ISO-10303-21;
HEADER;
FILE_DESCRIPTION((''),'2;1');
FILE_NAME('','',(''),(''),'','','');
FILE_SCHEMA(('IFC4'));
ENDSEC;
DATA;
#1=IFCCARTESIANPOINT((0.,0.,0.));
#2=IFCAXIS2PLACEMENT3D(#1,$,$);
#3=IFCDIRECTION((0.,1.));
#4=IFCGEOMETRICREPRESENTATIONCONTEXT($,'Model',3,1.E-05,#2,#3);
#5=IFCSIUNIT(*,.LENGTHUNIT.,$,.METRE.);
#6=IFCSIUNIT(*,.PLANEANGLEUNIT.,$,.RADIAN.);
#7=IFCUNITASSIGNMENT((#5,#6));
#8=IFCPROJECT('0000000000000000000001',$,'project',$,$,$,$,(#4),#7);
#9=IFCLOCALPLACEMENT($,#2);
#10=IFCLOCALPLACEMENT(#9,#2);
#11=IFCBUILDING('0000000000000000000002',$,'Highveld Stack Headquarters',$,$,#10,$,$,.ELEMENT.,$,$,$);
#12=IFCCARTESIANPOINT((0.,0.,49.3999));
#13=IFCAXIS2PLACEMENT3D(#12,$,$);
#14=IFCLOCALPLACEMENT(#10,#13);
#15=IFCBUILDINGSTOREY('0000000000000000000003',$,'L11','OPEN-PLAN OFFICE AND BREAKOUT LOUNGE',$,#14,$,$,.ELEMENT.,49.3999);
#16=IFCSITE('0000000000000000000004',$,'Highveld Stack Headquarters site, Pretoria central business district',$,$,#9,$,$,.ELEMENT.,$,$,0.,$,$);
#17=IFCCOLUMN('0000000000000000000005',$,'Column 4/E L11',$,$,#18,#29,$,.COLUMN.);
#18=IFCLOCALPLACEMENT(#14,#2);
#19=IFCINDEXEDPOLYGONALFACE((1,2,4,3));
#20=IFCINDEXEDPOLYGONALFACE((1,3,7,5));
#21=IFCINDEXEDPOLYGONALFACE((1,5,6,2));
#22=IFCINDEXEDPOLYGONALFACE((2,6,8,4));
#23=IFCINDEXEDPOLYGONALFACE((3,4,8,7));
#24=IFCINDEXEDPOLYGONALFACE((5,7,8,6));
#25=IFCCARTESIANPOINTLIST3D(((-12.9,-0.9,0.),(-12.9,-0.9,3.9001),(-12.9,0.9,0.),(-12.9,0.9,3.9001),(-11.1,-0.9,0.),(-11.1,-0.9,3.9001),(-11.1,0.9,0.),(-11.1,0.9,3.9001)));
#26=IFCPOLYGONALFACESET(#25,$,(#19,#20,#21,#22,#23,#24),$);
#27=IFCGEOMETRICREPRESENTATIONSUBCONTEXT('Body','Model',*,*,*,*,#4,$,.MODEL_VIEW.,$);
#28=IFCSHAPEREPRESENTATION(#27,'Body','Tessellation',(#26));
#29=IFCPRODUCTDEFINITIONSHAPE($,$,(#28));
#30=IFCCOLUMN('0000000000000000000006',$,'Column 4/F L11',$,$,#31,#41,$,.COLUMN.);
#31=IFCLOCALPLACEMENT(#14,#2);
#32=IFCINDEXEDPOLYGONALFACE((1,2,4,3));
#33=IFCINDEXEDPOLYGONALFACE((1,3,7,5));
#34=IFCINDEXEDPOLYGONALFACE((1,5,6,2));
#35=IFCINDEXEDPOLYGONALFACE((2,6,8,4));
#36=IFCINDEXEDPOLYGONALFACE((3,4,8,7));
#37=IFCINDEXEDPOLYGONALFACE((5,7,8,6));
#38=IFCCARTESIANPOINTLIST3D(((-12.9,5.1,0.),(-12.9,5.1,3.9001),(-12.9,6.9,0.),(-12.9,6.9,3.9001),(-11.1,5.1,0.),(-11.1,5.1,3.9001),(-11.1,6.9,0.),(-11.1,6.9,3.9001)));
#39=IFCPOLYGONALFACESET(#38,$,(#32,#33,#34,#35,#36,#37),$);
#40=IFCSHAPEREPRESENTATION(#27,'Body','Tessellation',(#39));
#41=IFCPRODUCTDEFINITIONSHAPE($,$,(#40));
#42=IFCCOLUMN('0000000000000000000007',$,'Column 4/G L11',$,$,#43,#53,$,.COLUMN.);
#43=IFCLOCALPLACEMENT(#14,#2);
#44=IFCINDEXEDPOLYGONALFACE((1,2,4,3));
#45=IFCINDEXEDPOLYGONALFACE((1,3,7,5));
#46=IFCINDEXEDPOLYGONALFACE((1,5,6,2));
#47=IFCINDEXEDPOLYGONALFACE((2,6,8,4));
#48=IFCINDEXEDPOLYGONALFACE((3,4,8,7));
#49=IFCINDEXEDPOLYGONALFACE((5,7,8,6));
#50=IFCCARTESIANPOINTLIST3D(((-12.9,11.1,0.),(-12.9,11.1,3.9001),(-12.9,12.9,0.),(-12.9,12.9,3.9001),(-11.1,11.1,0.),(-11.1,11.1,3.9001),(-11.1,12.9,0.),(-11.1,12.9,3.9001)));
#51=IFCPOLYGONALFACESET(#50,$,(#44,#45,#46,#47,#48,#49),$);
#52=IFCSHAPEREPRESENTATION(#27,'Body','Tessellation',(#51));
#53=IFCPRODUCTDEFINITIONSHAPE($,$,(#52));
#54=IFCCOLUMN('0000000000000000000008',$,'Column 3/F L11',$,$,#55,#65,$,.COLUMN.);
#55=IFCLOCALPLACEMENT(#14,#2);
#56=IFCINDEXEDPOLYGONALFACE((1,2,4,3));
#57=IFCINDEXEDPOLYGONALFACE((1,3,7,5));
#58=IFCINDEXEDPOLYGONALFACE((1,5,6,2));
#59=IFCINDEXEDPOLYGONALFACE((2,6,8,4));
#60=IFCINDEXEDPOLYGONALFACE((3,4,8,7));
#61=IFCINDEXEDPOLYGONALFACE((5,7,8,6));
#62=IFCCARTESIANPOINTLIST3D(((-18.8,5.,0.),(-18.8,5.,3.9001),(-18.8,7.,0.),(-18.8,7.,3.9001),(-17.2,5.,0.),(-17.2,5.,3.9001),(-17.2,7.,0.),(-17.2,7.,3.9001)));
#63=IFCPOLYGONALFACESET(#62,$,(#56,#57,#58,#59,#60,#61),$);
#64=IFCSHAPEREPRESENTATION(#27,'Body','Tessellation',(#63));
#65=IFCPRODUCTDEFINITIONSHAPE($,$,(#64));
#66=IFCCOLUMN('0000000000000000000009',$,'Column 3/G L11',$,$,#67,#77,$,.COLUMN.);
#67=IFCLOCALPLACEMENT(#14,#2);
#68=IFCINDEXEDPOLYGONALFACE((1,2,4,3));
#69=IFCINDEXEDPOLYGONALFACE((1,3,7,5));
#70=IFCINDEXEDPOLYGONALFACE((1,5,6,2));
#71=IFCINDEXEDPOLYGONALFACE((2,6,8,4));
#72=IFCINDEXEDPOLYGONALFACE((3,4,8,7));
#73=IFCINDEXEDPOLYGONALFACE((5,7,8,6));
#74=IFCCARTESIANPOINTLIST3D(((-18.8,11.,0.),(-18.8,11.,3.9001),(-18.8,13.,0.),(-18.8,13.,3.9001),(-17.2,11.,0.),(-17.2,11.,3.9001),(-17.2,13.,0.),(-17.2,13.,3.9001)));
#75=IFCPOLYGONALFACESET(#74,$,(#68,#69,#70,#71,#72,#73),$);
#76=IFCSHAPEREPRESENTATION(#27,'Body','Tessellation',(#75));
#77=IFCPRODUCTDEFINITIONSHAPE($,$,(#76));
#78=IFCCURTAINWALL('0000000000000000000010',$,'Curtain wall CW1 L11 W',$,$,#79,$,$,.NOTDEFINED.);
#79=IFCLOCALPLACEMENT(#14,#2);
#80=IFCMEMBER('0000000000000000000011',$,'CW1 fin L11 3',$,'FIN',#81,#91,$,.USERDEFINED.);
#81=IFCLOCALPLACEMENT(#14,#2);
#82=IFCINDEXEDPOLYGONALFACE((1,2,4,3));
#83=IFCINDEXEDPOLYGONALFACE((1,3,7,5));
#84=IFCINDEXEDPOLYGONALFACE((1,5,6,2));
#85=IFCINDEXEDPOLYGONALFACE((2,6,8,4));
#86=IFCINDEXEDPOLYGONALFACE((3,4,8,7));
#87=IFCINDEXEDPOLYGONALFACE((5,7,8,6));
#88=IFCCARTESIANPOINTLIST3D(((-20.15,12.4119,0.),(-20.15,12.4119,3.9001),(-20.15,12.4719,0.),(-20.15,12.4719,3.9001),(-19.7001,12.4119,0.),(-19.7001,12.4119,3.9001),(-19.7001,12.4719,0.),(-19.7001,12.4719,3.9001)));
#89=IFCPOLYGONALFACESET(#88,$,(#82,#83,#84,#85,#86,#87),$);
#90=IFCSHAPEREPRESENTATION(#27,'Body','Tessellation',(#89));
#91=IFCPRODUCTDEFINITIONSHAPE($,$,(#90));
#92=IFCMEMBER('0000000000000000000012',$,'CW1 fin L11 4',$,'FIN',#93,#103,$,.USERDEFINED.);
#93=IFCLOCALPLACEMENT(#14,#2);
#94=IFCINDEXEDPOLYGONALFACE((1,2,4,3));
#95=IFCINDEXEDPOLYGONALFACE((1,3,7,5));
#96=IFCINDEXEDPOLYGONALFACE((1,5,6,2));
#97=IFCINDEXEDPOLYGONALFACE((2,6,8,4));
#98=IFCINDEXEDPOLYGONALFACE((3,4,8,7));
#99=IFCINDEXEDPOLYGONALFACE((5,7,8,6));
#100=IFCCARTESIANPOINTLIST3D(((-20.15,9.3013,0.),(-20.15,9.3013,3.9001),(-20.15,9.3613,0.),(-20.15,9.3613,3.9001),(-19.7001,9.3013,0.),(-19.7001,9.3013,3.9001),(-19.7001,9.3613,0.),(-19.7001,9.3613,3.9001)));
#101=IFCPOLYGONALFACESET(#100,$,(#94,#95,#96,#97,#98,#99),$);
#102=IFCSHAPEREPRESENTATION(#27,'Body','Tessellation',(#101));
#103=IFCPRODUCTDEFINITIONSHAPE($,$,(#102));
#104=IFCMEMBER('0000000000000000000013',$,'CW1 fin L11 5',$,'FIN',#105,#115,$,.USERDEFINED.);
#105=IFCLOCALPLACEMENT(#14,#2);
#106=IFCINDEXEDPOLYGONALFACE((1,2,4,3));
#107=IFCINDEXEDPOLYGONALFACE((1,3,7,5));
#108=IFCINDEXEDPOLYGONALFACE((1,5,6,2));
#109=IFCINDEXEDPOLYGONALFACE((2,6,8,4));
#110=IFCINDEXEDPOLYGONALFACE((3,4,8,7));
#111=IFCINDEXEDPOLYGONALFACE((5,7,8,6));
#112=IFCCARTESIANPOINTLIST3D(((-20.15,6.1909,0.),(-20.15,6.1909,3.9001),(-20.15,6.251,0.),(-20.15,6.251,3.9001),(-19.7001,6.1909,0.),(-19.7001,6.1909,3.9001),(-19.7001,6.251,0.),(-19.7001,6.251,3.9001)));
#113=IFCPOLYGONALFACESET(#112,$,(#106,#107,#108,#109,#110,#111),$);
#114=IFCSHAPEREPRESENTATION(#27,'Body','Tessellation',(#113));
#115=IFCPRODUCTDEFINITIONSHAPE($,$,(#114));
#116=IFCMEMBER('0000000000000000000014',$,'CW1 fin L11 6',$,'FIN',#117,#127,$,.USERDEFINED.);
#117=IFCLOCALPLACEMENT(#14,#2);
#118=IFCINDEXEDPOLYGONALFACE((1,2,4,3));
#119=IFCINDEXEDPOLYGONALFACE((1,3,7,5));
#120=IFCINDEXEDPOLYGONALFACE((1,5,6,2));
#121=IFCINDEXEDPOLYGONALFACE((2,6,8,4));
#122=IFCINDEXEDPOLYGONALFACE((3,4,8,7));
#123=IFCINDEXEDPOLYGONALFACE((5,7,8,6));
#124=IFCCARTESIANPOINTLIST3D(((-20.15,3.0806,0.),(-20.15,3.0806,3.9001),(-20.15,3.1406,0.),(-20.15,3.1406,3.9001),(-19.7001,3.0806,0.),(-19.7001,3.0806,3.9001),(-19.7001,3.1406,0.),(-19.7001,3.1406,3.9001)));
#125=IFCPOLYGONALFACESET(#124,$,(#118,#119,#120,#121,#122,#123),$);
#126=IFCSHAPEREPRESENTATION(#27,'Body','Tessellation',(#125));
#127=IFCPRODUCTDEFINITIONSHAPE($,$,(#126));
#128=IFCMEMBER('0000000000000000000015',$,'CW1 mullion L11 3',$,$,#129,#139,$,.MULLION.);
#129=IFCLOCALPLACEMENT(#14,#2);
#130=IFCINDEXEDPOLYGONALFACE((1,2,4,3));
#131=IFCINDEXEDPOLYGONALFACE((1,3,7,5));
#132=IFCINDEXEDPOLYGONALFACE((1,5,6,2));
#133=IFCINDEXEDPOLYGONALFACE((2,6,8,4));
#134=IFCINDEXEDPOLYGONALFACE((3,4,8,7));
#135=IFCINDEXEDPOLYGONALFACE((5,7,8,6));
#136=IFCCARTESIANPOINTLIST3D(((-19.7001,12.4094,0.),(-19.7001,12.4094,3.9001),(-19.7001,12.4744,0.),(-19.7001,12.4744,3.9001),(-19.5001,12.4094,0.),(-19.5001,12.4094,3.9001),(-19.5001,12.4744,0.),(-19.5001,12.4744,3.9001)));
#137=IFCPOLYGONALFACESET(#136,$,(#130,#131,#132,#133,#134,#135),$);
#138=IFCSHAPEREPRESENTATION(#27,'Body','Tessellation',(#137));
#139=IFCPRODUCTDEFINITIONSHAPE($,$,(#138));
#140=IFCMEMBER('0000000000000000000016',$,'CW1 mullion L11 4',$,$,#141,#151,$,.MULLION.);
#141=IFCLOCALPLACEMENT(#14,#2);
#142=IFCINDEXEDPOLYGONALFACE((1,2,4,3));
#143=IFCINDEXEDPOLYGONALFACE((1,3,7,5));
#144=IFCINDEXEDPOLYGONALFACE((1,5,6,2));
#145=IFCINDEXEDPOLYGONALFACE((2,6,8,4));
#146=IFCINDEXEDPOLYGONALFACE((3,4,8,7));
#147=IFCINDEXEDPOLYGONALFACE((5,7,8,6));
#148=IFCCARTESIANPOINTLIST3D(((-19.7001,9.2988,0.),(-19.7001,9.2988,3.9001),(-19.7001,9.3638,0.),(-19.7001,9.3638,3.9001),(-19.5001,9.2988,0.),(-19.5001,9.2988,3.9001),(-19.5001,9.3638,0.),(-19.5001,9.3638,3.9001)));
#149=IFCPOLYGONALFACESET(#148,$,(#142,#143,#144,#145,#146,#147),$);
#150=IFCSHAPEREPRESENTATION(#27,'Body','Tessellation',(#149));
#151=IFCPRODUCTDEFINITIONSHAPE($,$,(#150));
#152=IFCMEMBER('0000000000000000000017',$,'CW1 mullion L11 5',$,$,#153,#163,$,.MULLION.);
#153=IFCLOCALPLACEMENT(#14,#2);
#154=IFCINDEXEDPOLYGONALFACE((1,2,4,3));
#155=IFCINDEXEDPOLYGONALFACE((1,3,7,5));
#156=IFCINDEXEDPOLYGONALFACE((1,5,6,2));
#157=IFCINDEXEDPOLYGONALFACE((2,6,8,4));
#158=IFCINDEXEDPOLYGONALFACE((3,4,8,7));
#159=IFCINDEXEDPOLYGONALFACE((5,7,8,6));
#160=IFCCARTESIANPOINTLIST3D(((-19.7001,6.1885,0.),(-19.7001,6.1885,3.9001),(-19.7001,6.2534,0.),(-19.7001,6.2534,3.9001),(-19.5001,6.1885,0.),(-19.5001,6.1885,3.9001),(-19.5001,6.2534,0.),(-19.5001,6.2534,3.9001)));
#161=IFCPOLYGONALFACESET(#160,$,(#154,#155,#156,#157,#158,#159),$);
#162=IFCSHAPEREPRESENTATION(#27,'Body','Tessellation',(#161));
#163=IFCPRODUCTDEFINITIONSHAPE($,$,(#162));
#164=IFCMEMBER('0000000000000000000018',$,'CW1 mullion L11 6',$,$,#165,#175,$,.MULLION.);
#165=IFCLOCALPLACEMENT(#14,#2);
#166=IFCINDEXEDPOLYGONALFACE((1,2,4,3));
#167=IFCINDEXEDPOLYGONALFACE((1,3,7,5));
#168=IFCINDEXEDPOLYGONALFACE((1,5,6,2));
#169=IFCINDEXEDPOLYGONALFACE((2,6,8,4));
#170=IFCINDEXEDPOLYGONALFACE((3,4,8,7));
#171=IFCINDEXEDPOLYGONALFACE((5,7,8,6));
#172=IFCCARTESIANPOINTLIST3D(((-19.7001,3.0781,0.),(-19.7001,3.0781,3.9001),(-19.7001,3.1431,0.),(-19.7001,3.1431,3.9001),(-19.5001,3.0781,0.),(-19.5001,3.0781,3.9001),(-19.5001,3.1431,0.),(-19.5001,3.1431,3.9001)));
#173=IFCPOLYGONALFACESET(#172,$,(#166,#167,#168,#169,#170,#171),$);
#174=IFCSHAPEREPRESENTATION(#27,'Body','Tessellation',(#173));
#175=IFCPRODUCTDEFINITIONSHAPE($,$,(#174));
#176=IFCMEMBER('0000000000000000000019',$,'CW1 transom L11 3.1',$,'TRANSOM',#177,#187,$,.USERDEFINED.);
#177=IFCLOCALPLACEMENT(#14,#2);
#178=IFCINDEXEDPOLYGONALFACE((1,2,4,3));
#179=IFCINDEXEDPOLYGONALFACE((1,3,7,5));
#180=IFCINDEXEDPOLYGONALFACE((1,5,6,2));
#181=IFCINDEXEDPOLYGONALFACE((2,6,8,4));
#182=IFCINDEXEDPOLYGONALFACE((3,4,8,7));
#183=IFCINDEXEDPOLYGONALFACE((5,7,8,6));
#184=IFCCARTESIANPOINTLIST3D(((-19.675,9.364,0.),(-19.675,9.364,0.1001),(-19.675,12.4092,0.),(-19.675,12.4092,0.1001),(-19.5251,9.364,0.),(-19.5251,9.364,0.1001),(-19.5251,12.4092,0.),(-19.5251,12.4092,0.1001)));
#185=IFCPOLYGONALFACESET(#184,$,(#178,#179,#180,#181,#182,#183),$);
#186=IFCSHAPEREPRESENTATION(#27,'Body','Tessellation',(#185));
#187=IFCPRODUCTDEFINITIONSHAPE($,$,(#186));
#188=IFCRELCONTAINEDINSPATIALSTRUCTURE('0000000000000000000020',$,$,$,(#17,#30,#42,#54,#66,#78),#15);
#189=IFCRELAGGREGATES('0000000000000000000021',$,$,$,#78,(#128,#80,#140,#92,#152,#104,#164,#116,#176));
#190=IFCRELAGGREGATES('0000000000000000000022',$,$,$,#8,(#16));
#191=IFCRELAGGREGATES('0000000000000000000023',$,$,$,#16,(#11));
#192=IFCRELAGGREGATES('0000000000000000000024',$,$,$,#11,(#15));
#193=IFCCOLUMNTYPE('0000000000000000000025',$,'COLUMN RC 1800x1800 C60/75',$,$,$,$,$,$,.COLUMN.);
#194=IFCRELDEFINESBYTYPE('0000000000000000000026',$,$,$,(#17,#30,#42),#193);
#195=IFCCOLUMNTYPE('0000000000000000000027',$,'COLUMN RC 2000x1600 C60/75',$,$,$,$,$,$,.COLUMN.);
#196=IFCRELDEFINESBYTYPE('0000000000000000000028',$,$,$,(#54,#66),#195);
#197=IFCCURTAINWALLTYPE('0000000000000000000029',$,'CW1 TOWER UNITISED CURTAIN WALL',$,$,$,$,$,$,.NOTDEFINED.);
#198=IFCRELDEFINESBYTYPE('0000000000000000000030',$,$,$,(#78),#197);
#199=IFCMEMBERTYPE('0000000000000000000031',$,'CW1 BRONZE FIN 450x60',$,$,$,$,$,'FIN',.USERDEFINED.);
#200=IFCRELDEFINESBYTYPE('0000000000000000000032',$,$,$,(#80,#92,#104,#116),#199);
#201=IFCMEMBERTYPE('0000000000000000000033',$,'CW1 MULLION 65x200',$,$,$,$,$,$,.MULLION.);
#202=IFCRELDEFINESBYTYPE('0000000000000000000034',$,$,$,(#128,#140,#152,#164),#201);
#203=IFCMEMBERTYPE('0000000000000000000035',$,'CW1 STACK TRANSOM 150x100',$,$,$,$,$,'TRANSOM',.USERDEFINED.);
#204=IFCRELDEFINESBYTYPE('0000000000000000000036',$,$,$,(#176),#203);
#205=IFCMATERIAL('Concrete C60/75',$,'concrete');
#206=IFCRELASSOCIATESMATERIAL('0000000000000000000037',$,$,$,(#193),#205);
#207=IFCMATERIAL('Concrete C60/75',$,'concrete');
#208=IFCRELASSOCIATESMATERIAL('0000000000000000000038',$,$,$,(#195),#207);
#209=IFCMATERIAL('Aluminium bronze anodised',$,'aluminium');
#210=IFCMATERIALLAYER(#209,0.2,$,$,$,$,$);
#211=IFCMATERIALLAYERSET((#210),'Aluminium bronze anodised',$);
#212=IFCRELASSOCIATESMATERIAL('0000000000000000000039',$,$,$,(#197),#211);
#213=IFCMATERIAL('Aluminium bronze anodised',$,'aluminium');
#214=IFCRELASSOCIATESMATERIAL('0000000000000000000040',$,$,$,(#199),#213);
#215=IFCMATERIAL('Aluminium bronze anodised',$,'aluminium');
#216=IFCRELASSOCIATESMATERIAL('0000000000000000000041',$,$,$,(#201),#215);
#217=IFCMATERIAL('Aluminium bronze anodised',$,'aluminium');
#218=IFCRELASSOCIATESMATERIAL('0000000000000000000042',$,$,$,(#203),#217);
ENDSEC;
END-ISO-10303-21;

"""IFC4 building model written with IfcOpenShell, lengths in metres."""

from ifc_helpers import new_model, si_unit, direction, frame, origin, origin_2d, place, context, subcontext, project, spatial, rectangle, extrude, material, layer, layer_set, material_profile, profile_set, type_object, element, aggregate, save


model = new_model("IFC4")

# Units and contexts
model_context = context("Model", 3, precision=1e-05, world=origin(), true_north=direction((0.0, 1.0)))
body_context = subcontext(model_context, "Body", "Model", "MODEL_VIEW")
ifc_project = project(units=[si_unit("LENGTHUNIT", "METRE"), si_unit("PLANEANGLEUNIT", "RADIAN")], contexts=[model_context])

# Site, building, storey
site_placement = place(None, origin())
site = spatial("IfcSite", under=ifc_project, at=site_placement, Name="Highveld Stack Headquarters site, Pretoria central business district", CompositionType="ELEMENT", RefElevation=0.0)
building_placement = place(site_placement, origin())
building = spatial("IfcBuilding", under=site, at=building_placement, Name="Highveld Stack Headquarters", CompositionType="ELEMENT")
storey_placement = place(building_placement, frame((0.0, 0.0, 49.3999)))
storey = spatial("IfcBuildingStorey", under=building, at=storey_placement, Name="L11", Description="OPEN-PLAN OFFICE AND BREAKOUT LOUNGE", CompositionType="ELEMENT", Elevation=49.3999)

# Columns
ifc_material_1 = material(Name="Concrete C60/75", Category="concrete")
ifc_material_profile_1 = material_profile(ifc_material_1, rectangle(XDim=1.8, YDim=1.8, at=origin_2d()), Name="RC 1800x1800")
ifc_profile_set_1 = profile_set([ifc_material_profile_1], Name="Concrete C60/75")
column_type_1 = type_object("IfcColumnType", Name="COLUMN RC 1800x1800 C60/75", PredefinedType="COLUMN", material=ifc_profile_set_1)
for number, where, z_axis, x_axis, name in (
    (1, (-12.0, 0.0, 0.0), (0.0, 0.0, 1.0), (1.0, 0.0, 0.0), "Column 4/E L11"),
    (2, (-12.0, 6.0, 0.0), (0.0, 0.0, 1.0), (1.0, 0.0, 0.0), "Column 4/F L11"),
    (3, (-12.0, 12.0, 0.0), (0.0, 0.0, 1.0), (1.0, 0.0, 0.0), "Column 4/G L11"),
):
    element("IfcColumn", number, at=place(storey_placement, frame(where, z_axis=z_axis, x_axis=x_axis)), inside=storey, type_object=column_type_1, Name=name, PredefinedType="COLUMN", context=body_context, shape_type="SweptSolid", body=[
        extrude(rectangle(XDim=1.8, YDim=1.8, at=origin_2d()), origin(), (0.0, 0.0, 1.0), 3.9001),
    ])
ifc_material_2 = material(Name="Concrete C60/75", Category="concrete")
ifc_material_profile_2 = material_profile(ifc_material_2, rectangle(XDim=2.0, YDim=1.6001, at=origin_2d()), Name="RC 2000x1600")
ifc_profile_set_2 = profile_set([ifc_material_profile_2], Name="Concrete C60/75")
column_type_2 = type_object("IfcColumnType", Name="COLUMN RC 2000x1600 C60/75", PredefinedType="COLUMN", material=ifc_profile_set_2)
for number, where, z_axis, x_axis, name in (
    (4, (-18.0, 6.0, 0.0), (0.0, 0.0, 1.0), (0.0, 1.0, 0.0), "Column 3/F L11"),
    (5, (-18.0, 12.0, 0.0), (0.0, 0.0, 1.0), (0.0, 1.0, 0.0), "Column 3/G L11"),
):
    element("IfcColumn", number, at=place(storey_placement, frame(where, z_axis=z_axis, x_axis=x_axis)), inside=storey, type_object=column_type_2, Name=name, PredefinedType="COLUMN", context=body_context, shape_type="SweptSolid", body=[
        extrude(rectangle(XDim=2.0, YDim=1.6001, at=origin_2d()), origin(), (0.0, 0.0, 1.0), 3.9001),
    ])

# Curtain wall, members
ifc_material_3 = material(Name="Aluminium bronze anodised", Category="aluminium")
ifc_layer_1 = layer(ifc_material_3, 0.2)
ifc_layer_set_1 = layer_set([ifc_layer_1], Name="Aluminium bronze anodised")
curtain_wall_type = type_object("IfcCurtainWallType", Name="CW1 TOWER UNITISED CURTAIN WALL", PredefinedType="NOTDEFINED", material=ifc_layer_set_1)
curtain_wall_placement = place(storey_placement, origin())
curtain_wall = element("IfcCurtainWall", 6, at=curtain_wall_placement, inside=storey, type_object=curtain_wall_type, Name="Curtain wall CW1 L11 W", PredefinedType="NOTDEFINED")
ifc_material_4 = material(Name="Aluminium bronze anodised", Category="aluminium")
ifc_material_profile_3 = material_profile(ifc_material_4, rectangle(XDim=0.45, YDim=0.0601, at=origin_2d()), Name="FIN 450x60")
ifc_profile_set_3 = profile_set([ifc_material_profile_3], Name="Aluminium bronze anodised")
member_type_1 = type_object("IfcMemberType", Name="CW1 BRONZE FIN 450x60", ElementType="FIN", PredefinedType="USERDEFINED", material=ifc_profile_set_3)
member_1_placement = place(storey_placement, frame((-19.925, 12.4419, 0.0), z_axis=(0.0, 0.0, 1.0), x_axis=(1.0, 0.0, 0.0)))
member_1 = element("IfcMember", 7, at=member_1_placement, type_object=member_type_1, Name="CW1 fin L11 3", ObjectType="FIN", PredefinedType="USERDEFINED", context=body_context, shape_type="SweptSolid", body=[
    extrude(rectangle(XDim=0.45, YDim=0.0601, at=origin_2d()), origin(), (0.0, 0.0, 1.0), 3.9001),
])
member_2_placement = place(storey_placement, frame((-19.925, 9.3313, 0.0), z_axis=(0.0, 0.0, 1.0), x_axis=(1.0, 0.0, 0.0)))
member_2 = element("IfcMember", 8, at=member_2_placement, type_object=member_type_1, Name="CW1 fin L11 4", ObjectType="FIN", PredefinedType="USERDEFINED", context=body_context, shape_type="SweptSolid", body=[
    extrude(rectangle(XDim=0.45, YDim=0.0601, at=origin_2d()), origin(), (0.0, 0.0, 1.0), 3.9001),
])
member_3_placement = place(storey_placement, frame((-19.925, 6.2209, 0.0), z_axis=(0.0, 0.0, 1.0), x_axis=(1.0, 0.0, 0.0)))
member_3 = element("IfcMember", 9, at=member_3_placement, type_object=member_type_1, Name="CW1 fin L11 5", ObjectType="FIN", PredefinedType="USERDEFINED", context=body_context, shape_type="SweptSolid", body=[
    extrude(rectangle(XDim=0.45, YDim=0.0601, at=origin_2d()), origin(), (0.0, 0.0, 1.0), 3.9001),
])
member_4_placement = place(storey_placement, frame((-19.925, 3.1106, 0.0), z_axis=(0.0, 0.0, 1.0), x_axis=(1.0, 0.0, 0.0)))
member_4 = element("IfcMember", 10, at=member_4_placement, type_object=member_type_1, Name="CW1 fin L11 6", ObjectType="FIN", PredefinedType="USERDEFINED", context=body_context, shape_type="SweptSolid", body=[
    extrude(rectangle(XDim=0.45, YDim=0.0601, at=origin_2d()), origin(), (0.0, 0.0, 1.0), 3.9001),
])
ifc_material_5 = material(Name="Aluminium bronze anodised", Category="aluminium")
ifc_material_profile_4 = material_profile(ifc_material_5, rectangle(XDim=0.2, YDim=0.0649, at=origin_2d()), Name="CW1 MULLION 65x200")
ifc_profile_set_4 = profile_set([ifc_material_profile_4], Name="Aluminium bronze anodised")
member_type_2 = type_object("IfcMemberType", Name="CW1 MULLION 65x200", PredefinedType="MULLION", material=ifc_profile_set_4)
member_5_placement = place(storey_placement, frame((-19.6001, 12.4419, 0.0), z_axis=(0.0, 0.0, 1.0), x_axis=(1.0, 0.0, 0.0)))
member_5 = element("IfcMember", 11, at=member_5_placement, type_object=member_type_2, Name="CW1 mullion L11 3", PredefinedType="MULLION", context=body_context, shape_type="SweptSolid", body=[
    extrude(rectangle(XDim=0.2, YDim=0.0649, at=origin_2d()), origin(), (0.0, 0.0, 1.0), 3.9001),
])
member_6_placement = place(storey_placement, frame((-19.6001, 9.3313, 0.0), z_axis=(0.0, 0.0, 1.0), x_axis=(1.0, 0.0, 0.0)))
member_6 = element("IfcMember", 12, at=member_6_placement, type_object=member_type_2, Name="CW1 mullion L11 4", PredefinedType="MULLION", context=body_context, shape_type="SweptSolid", body=[
    extrude(rectangle(XDim=0.2, YDim=0.0649, at=origin_2d()), origin(), (0.0, 0.0, 1.0), 3.9001),
])
member_7_placement = place(storey_placement, frame((-19.6001, 6.2209, 0.0), z_axis=(0.0, 0.0, 1.0), x_axis=(1.0, 0.0, 0.0)))
member_7 = element("IfcMember", 13, at=member_7_placement, type_object=member_type_2, Name="CW1 mullion L11 5", PredefinedType="MULLION", context=body_context, shape_type="SweptSolid", body=[
    extrude(rectangle(XDim=0.2, YDim=0.0649, at=origin_2d()), origin(), (0.0, 0.0, 1.0), 3.9001),
])
member_8_placement = place(storey_placement, frame((-19.6001, 3.1106, 0.0), z_axis=(0.0, 0.0, 1.0), x_axis=(1.0, 0.0, 0.0)))
member_8 = element("IfcMember", 14, at=member_8_placement, type_object=member_type_2, Name="CW1 mullion L11 6", PredefinedType="MULLION", context=body_context, shape_type="SweptSolid", body=[
    extrude(rectangle(XDim=0.2, YDim=0.0649, at=origin_2d()), origin(), (0.0, 0.0, 1.0), 3.9001),
])
ifc_material_6 = material(Name="Aluminium bronze anodised", Category="aluminium")
ifc_material_profile_5 = material_profile(ifc_material_6, rectangle(XDim=0.1499, YDim=0.1001, at=origin_2d()), Name="CW1 TRANSOM 150x100")
ifc_profile_set_5 = profile_set([ifc_material_profile_5], Name="Aluminium bronze anodised")
member_type_3 = type_object("IfcMemberType", Name="CW1 STACK TRANSOM 150x100", ElementType="TRANSOM", PredefinedType="USERDEFINED", material=ifc_profile_set_5)
member_9_placement = place(storey_placement, frame((-19.6001, 12.4092, 0.05), z_axis=(0.0, -1.0, 0.0), x_axis=(1.0, 0.0, 0.0)))
member_9 = element("IfcMember", 15, at=member_9_placement, type_object=member_type_3, Name="CW1 transom L11 3.1", ObjectType="TRANSOM", PredefinedType="USERDEFINED", context=body_context, shape_type="SweptSolid", body=[
    extrude(rectangle(XDim=0.1499, YDim=0.1001, at=origin_2d()), origin(), (0.0, 0.0, 1.0), 3.0452),
])
aggregate(curtain_wall, [member_5, member_1, member_6, member_2, member_7, member_3, member_8, member_4, member_9])

save(model, "model.ifc")
